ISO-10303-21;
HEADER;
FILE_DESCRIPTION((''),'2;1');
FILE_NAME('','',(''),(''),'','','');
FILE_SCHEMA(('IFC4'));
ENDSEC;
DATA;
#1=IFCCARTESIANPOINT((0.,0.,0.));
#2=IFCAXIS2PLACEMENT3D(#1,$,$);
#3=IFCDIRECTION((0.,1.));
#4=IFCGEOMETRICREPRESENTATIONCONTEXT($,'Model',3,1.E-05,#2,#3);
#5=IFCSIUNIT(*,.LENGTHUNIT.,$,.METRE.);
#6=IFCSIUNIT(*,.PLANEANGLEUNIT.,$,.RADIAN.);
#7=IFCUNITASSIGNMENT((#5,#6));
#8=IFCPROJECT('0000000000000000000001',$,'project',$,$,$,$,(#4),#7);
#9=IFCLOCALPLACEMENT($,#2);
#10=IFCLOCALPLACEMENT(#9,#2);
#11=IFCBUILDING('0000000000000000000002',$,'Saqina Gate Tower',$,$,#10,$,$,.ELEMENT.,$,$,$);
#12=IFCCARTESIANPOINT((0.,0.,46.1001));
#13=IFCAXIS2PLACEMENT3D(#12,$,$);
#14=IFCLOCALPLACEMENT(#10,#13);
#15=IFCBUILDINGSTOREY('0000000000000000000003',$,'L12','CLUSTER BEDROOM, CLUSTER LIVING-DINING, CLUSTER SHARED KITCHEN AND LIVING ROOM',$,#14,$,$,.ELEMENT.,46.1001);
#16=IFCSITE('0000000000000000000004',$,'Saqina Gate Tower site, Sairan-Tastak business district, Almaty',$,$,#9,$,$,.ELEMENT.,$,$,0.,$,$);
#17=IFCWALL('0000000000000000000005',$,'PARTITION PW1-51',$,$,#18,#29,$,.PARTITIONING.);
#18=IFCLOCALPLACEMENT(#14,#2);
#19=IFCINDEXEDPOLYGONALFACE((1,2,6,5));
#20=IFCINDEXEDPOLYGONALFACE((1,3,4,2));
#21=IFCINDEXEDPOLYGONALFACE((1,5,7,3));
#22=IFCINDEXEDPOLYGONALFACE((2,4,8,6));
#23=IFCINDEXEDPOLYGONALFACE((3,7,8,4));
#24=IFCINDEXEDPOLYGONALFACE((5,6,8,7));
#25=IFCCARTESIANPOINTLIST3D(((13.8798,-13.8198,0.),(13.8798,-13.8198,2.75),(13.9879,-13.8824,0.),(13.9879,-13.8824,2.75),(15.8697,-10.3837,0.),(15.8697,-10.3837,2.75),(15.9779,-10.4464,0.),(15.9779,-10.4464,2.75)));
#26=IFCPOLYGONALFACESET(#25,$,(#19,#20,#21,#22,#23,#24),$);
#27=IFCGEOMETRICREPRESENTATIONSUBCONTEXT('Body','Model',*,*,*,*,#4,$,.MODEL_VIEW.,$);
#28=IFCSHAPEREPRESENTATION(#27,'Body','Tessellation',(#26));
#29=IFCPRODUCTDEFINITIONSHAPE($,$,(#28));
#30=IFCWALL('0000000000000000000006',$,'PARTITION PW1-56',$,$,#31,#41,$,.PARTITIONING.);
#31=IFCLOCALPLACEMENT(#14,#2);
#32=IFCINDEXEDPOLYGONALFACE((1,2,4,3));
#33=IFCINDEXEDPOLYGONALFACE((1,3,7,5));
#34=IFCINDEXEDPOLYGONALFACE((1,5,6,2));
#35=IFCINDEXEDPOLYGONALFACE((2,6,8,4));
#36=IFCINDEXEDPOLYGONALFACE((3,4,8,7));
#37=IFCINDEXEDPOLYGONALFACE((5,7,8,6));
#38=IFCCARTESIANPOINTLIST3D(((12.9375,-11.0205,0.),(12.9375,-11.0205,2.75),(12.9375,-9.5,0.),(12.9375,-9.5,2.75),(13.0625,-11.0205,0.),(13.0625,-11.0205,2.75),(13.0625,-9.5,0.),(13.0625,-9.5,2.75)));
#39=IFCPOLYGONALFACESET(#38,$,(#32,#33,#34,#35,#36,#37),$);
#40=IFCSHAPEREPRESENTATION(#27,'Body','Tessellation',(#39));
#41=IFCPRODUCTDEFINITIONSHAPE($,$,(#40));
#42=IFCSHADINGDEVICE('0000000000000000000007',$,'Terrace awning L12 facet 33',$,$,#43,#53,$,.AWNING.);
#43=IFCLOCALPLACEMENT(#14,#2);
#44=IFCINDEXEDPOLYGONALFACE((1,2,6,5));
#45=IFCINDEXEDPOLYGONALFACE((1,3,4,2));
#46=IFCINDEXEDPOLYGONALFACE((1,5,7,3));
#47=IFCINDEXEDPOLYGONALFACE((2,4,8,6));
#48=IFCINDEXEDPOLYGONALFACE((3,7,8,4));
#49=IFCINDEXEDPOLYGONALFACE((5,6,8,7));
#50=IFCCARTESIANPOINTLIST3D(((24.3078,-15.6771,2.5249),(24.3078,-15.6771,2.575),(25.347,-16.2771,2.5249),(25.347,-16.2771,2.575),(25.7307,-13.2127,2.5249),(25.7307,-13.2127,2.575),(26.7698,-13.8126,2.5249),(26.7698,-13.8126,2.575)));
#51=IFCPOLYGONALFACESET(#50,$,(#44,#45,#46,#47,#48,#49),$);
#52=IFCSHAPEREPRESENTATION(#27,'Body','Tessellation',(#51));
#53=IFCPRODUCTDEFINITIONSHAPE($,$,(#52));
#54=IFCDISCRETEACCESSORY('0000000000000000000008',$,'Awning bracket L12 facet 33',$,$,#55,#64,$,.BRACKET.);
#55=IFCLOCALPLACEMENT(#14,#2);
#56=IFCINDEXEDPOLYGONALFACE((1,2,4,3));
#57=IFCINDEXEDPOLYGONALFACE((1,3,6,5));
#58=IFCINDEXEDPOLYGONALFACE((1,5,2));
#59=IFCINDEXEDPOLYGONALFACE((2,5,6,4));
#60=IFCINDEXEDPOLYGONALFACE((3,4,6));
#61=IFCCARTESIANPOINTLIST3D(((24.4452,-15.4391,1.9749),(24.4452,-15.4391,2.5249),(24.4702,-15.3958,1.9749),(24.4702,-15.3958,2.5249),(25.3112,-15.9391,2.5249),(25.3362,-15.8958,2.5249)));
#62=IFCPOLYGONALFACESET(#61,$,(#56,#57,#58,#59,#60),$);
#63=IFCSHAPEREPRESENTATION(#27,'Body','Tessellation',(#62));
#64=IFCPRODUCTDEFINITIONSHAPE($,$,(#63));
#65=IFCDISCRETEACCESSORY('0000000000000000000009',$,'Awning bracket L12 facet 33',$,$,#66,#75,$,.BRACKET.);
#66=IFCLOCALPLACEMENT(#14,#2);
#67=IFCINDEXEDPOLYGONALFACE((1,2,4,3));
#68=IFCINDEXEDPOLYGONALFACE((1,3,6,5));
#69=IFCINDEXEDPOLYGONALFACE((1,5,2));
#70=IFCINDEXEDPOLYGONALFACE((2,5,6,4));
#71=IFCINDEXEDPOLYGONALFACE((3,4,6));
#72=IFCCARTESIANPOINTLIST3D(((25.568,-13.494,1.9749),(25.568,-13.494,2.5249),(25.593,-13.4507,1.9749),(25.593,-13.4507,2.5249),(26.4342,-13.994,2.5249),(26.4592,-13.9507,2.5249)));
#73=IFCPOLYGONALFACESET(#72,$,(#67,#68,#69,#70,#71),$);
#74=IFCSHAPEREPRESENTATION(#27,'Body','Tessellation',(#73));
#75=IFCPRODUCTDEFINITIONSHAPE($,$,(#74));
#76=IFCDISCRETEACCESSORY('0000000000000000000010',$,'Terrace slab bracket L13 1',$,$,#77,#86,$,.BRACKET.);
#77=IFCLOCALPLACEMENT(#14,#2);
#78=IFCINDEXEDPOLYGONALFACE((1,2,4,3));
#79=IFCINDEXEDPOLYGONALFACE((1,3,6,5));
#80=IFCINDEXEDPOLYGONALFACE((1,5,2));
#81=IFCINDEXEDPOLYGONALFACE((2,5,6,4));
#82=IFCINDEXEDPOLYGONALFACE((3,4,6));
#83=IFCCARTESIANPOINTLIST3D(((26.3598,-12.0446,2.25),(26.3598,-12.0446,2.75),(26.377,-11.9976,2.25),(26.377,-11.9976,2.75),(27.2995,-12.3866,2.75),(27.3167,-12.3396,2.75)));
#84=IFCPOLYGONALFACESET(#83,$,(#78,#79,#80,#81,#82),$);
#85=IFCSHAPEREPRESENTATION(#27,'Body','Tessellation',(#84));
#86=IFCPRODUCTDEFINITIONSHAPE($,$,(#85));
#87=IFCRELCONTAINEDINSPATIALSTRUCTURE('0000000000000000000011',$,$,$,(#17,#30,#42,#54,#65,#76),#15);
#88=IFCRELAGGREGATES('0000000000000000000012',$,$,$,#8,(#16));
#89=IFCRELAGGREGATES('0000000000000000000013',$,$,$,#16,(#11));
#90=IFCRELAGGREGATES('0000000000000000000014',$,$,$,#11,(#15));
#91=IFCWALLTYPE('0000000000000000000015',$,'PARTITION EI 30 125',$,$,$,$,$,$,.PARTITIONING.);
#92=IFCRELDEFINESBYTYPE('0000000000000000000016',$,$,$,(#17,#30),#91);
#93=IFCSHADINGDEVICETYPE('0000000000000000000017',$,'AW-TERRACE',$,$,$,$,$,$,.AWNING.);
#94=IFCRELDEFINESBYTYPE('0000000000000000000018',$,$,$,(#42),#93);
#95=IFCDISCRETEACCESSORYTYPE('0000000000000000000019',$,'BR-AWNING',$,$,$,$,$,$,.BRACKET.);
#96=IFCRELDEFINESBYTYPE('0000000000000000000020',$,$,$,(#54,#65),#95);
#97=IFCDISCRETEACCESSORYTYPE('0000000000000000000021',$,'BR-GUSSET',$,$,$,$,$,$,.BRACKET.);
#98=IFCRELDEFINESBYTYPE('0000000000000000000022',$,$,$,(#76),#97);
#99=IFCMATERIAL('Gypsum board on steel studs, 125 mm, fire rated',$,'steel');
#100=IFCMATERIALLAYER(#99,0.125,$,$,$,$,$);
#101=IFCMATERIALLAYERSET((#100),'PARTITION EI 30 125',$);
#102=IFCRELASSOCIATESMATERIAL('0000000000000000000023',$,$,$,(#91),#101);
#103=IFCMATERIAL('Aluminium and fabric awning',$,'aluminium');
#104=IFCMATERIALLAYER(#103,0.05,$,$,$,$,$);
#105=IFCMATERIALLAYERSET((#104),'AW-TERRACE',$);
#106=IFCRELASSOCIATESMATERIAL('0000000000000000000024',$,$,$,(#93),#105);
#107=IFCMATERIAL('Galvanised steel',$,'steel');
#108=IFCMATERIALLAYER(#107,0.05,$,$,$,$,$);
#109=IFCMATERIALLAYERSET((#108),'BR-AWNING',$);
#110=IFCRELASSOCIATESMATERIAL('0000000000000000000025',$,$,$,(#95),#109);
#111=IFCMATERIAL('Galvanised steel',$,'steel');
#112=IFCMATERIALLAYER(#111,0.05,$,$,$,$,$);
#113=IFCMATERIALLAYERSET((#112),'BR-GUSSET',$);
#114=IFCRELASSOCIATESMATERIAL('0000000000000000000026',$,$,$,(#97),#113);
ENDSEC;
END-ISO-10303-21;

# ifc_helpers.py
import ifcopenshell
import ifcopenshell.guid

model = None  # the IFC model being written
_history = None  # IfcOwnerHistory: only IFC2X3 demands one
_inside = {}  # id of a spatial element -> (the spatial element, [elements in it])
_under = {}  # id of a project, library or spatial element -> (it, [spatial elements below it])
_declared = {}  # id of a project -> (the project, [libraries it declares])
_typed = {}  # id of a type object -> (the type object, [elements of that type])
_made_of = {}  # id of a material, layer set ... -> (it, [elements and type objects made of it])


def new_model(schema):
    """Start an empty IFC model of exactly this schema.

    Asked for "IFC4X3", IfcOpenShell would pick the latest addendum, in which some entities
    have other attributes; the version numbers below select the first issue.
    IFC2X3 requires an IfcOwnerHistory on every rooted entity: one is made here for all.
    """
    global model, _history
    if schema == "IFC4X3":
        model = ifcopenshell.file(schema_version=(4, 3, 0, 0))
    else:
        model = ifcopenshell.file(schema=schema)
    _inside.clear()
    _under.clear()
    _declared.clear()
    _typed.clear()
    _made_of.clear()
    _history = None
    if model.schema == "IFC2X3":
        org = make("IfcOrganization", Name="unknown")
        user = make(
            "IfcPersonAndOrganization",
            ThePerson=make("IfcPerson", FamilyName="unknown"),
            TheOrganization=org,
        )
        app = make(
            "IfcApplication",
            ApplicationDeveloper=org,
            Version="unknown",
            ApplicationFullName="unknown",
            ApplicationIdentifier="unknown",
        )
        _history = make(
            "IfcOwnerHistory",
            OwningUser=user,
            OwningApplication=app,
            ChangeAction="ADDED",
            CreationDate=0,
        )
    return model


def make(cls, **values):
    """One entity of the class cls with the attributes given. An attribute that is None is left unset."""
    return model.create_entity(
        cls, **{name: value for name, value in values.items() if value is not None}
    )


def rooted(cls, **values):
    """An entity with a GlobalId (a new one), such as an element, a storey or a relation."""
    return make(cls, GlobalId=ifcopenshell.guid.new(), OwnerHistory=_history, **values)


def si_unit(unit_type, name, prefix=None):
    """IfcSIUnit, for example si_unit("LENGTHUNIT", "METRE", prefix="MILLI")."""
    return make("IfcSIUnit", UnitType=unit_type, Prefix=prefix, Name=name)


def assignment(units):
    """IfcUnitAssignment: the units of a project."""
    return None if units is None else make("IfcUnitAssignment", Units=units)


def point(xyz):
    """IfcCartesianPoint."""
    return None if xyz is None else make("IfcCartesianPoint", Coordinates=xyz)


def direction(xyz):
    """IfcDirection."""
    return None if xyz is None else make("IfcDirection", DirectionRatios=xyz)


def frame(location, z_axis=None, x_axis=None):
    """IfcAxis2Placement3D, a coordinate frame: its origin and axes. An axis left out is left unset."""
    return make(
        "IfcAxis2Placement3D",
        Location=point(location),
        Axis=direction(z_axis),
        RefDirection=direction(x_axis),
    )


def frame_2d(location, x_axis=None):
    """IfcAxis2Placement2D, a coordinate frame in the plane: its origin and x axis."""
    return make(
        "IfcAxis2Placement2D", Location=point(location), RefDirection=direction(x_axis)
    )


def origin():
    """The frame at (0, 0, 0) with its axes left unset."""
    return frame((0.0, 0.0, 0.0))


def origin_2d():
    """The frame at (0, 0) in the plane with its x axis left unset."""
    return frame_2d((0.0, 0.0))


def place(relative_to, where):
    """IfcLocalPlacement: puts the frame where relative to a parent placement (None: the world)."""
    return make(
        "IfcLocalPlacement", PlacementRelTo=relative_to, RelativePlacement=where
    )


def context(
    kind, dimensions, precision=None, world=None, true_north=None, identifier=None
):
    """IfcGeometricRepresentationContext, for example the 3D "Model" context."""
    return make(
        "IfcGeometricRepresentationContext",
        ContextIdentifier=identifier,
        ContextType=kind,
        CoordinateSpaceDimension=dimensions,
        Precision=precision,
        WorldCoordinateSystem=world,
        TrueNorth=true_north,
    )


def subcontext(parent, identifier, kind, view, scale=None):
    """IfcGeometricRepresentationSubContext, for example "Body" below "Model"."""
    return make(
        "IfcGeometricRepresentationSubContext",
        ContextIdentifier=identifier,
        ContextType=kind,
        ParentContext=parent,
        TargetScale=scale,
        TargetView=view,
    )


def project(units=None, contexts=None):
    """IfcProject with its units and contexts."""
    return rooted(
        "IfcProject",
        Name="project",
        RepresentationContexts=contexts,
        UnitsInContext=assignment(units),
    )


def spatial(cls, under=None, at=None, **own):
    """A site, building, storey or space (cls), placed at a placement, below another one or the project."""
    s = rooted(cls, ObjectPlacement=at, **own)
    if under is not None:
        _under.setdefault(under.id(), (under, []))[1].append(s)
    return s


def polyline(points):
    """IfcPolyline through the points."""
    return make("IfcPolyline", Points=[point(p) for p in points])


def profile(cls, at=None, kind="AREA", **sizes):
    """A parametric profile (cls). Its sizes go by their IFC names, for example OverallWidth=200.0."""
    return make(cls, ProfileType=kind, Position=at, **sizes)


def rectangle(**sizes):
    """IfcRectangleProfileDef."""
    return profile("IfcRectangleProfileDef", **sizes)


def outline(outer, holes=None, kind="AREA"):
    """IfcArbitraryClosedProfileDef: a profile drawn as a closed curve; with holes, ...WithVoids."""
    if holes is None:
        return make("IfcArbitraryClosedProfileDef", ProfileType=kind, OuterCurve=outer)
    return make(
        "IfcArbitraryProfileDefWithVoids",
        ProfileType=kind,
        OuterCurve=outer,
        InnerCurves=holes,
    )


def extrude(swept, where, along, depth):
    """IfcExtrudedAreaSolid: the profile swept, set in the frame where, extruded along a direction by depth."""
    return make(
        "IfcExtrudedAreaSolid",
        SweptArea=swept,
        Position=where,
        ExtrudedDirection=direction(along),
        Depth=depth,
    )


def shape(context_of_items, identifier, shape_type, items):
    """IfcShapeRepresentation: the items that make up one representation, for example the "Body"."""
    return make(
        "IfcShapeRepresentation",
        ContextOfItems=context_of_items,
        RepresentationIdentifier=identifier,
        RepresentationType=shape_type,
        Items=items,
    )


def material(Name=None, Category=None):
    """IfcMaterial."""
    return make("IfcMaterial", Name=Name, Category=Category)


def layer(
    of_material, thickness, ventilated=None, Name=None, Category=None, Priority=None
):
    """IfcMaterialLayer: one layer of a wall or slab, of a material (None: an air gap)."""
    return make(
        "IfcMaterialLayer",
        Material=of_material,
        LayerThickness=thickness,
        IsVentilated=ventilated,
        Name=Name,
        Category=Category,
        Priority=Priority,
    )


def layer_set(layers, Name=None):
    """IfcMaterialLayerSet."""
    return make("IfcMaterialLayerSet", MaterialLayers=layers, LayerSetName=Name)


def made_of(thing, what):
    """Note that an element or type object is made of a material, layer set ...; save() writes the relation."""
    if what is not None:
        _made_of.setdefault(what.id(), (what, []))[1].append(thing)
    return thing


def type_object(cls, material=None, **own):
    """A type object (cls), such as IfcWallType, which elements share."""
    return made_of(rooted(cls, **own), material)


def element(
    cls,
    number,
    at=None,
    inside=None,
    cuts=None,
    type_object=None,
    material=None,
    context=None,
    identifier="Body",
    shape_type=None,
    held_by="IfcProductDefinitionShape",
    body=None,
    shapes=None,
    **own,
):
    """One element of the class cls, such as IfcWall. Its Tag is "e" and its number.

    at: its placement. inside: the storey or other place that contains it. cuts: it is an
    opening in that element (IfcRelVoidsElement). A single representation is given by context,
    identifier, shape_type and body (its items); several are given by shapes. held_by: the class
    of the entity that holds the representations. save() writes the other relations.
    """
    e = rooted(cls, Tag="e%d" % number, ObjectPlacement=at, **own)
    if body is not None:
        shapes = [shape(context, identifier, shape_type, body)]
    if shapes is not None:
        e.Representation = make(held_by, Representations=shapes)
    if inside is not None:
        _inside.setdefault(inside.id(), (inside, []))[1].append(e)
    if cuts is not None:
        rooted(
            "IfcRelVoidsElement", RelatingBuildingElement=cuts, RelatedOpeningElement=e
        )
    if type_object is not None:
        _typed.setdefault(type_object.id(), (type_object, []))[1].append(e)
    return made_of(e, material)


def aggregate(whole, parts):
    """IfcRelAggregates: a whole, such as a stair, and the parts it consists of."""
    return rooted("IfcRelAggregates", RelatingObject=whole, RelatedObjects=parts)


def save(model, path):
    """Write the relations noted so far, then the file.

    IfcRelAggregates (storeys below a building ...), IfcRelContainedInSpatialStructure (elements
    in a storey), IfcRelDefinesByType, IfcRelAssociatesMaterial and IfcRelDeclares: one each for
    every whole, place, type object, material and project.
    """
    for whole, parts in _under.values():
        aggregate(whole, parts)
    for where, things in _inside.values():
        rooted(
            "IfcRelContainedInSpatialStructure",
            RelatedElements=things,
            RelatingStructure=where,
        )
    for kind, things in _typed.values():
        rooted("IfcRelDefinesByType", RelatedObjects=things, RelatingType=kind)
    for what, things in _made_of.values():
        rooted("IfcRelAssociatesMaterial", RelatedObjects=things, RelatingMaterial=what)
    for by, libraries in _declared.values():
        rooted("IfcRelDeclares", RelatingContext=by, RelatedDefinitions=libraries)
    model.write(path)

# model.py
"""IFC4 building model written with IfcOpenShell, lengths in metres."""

from ifc_helpers import new_model, si_unit, direction, frame, frame_2d, origin, origin_2d, place, context, subcontext, project, spatial, polyline, rectangle, outline, extrude, material, layer, layer_set, type_object, element, save


model = new_model("IFC4")

# Units and contexts
model_context = context("Model", 3, precision=1e-05, world=origin(), true_north=direction((0.0, 1.0)))
body_context = subcontext(model_context, "Body", "Model", "MODEL_VIEW")
ifc_project = project(units=[si_unit("LENGTHUNIT", "METRE"), si_unit("PLANEANGLEUNIT", "RADIAN")], contexts=[model_context])

# Site, building, storey
site_placement = place(None, origin())
site = spatial("IfcSite", under=ifc_project, at=site_placement, Name="Saqina Gate Tower site, Sairan-Tastak business district, Almaty", CompositionType="ELEMENT", RefElevation=0.0)
building_placement = place(site_placement, origin())
building = spatial("IfcBuilding", under=site, at=building_placement, Name="Saqina Gate Tower", CompositionType="ELEMENT")
storey_placement = place(building_placement, frame((0.0, 0.0, 46.1001)))
storey = spatial("IfcBuildingStorey", under=building, at=storey_placement, Name="L12", Description="CLUSTER BEDROOM, CLUSTER LIVING-DINING, CLUSTER SHARED KITCHEN AND LIVING ROOM", CompositionType="ELEMENT", Elevation=46.1001)

# Shared definitions
ifc_material_1 = material(Name="Gypsum board on steel studs, 125 mm, fire rated", Category="steel")
ifc_layer_1 = layer(ifc_material_1, 0.125)
ifc_layer_set_1 = layer_set([ifc_layer_1], Name="PARTITION EI 30 125")
wall_type_1 = type_object("IfcWallType", Name="PARTITION EI 30 125", PredefinedType="PARTITIONING", material=ifc_layer_set_1)

# Walls
wall_1_placement = place(storey_placement, frame((13.9338, -13.8511, 0.0), z_axis=(0.0, 0.0, 1.0), x_axis=(0.50117, 0.865349, 0.0)))
element("IfcWall", 1, at=wall_1_placement, inside=storey, type_object=wall_type_1, Name="PARTITION PW1-51", PredefinedType="PARTITIONING", context=body_context, shape_type="SweptSolid", body=[
    extrude(rectangle(XDim=3.9707, YDim=0.125, at=frame_2d((1.9854, 0.0))), origin(), (0.0, 0.0, 1.0), 2.75),
])
wall_2_placement = place(storey_placement, frame((13.0, -11.0205, 0.0), z_axis=(0.0, 0.0, 1.0), x_axis=(0.0, 1.0, 0.0)))
element("IfcWall", 2, at=wall_2_placement, inside=storey, type_object=wall_type_1, Name="PARTITION PW1-56", PredefinedType="PARTITIONING", context=body_context, shape_type="SweptSolid", body=[
    extrude(rectangle(XDim=1.5205, YDim=0.125, at=frame_2d((0.7603, 0.0))), origin(), (0.0, 0.0, 1.0), 2.75),
])

# Shading device
ifc_material_2 = material(Name="Aluminium and fabric awning", Category="aluminium")
ifc_layer_2 = layer(ifc_material_2, 0.05)
ifc_layer_set_2 = layer_set([ifc_layer_2], Name="AW-TERRACE")
shading_device_type = type_object("IfcShadingDeviceType", Name="AW-TERRACE", PredefinedType="AWNING", material=ifc_layer_set_2)
shading_device_placement = place(storey_placement, frame((25.5388, -14.7449, 2.5249), z_axis=(0.0, 0.0, 1.0), x_axis=(0.5, 0.866025, 0.0)))
element("IfcShadingDevice", 3, at=shading_device_placement, inside=storey, type_object=shading_device_type, Name="Terrace awning L12 facet 33", PredefinedType="AWNING", context=body_context, shape_type="SweptSolid", body=[
    extrude(rectangle(XDim=2.8457, YDim=1.2, at=origin_2d()), origin(), (0.0, 0.0, 1.0), 0.05),
])

# Discrete accessories
ifc_material_3 = material(Name="Galvanised steel", Category="steel")
ifc_layer_3 = layer(ifc_material_3, 0.05)
ifc_layer_set_3 = layer_set([ifc_layer_3], Name="BR-AWNING")
discrete_accessory_type_1 = type_object("IfcDiscreteAccessoryType", Name="BR-AWNING", PredefinedType="BRACKET", material=ifc_layer_set_3)
discrete_accessory_1_placement = place(storey_placement, frame((24.4702, -15.3958, 1.9749), z_axis=(0.500025, 0.866011, 0.0), x_axis=(0.0, 0.0, 1.0)))
element("IfcDiscreteAccessory", 4, at=discrete_accessory_1_placement, inside=storey, type_object=discrete_accessory_type_1, Name="Awning bracket L12 facet 33", PredefinedType="BRACKET", context=body_context, shape_type="SweptSolid", body=[
    extrude(outline(polyline([(0.0, 0.0), (0.55, 0.0), (0.55, 0.9999), (0.0, 0.0)])), origin(), (0.0, 0.0, -1.0), 0.05),
])
discrete_accessory_2_placement = place(storey_placement, frame((25.593, -13.4507, 1.9749), z_axis=(0.49992, 0.866072, 0.0), x_axis=(0.0, 0.0, 1.0)))
element("IfcDiscreteAccessory", 5, at=discrete_accessory_2_placement, inside=storey, type_object=discrete_accessory_type_1, Name="Awning bracket L12 facet 33", PredefinedType="BRACKET", context=body_context, shape_type="SweptSolid", body=[
    extrude(outline(polyline([(0.0, 0.0), (0.55, 0.0), (0.55, 1.0002), (0.0, 0.0)])), origin(), (0.0, 0.0, -1.0), 0.05),
])
ifc_material_4 = material(Name="Galvanised steel", Category="steel")
ifc_layer_4 = layer(ifc_material_4, 0.05)
ifc_layer_set_4 = layer_set([ifc_layer_4], Name="BR-GUSSET")
discrete_accessory_type_2 = type_object("IfcDiscreteAccessoryType", Name="BR-GUSSET", PredefinedType="BRACKET", material=ifc_layer_set_4)
discrete_accessory_3_placement = place(storey_placement, frame((26.377, -11.9976, 2.25), z_axis=(0.342037, 0.939686, 0.0), x_axis=(0.0, 0.0, 1.0)))
element("IfcDiscreteAccessory", 6, at=discrete_accessory_3_placement, inside=storey, type_object=discrete_accessory_type_2, Name="Terrace slab bracket L13 1", PredefinedType="BRACKET", context=body_context, shape_type="SweptSolid", body=[
    extrude(outline(polyline([(0.0, 0.0), (0.5, 0.0), (0.5, 1.0), (0.0, 0.0)])), origin(), (0.0, 0.0, -1.0), 0.05),
])

save(model, "model.ifc")
